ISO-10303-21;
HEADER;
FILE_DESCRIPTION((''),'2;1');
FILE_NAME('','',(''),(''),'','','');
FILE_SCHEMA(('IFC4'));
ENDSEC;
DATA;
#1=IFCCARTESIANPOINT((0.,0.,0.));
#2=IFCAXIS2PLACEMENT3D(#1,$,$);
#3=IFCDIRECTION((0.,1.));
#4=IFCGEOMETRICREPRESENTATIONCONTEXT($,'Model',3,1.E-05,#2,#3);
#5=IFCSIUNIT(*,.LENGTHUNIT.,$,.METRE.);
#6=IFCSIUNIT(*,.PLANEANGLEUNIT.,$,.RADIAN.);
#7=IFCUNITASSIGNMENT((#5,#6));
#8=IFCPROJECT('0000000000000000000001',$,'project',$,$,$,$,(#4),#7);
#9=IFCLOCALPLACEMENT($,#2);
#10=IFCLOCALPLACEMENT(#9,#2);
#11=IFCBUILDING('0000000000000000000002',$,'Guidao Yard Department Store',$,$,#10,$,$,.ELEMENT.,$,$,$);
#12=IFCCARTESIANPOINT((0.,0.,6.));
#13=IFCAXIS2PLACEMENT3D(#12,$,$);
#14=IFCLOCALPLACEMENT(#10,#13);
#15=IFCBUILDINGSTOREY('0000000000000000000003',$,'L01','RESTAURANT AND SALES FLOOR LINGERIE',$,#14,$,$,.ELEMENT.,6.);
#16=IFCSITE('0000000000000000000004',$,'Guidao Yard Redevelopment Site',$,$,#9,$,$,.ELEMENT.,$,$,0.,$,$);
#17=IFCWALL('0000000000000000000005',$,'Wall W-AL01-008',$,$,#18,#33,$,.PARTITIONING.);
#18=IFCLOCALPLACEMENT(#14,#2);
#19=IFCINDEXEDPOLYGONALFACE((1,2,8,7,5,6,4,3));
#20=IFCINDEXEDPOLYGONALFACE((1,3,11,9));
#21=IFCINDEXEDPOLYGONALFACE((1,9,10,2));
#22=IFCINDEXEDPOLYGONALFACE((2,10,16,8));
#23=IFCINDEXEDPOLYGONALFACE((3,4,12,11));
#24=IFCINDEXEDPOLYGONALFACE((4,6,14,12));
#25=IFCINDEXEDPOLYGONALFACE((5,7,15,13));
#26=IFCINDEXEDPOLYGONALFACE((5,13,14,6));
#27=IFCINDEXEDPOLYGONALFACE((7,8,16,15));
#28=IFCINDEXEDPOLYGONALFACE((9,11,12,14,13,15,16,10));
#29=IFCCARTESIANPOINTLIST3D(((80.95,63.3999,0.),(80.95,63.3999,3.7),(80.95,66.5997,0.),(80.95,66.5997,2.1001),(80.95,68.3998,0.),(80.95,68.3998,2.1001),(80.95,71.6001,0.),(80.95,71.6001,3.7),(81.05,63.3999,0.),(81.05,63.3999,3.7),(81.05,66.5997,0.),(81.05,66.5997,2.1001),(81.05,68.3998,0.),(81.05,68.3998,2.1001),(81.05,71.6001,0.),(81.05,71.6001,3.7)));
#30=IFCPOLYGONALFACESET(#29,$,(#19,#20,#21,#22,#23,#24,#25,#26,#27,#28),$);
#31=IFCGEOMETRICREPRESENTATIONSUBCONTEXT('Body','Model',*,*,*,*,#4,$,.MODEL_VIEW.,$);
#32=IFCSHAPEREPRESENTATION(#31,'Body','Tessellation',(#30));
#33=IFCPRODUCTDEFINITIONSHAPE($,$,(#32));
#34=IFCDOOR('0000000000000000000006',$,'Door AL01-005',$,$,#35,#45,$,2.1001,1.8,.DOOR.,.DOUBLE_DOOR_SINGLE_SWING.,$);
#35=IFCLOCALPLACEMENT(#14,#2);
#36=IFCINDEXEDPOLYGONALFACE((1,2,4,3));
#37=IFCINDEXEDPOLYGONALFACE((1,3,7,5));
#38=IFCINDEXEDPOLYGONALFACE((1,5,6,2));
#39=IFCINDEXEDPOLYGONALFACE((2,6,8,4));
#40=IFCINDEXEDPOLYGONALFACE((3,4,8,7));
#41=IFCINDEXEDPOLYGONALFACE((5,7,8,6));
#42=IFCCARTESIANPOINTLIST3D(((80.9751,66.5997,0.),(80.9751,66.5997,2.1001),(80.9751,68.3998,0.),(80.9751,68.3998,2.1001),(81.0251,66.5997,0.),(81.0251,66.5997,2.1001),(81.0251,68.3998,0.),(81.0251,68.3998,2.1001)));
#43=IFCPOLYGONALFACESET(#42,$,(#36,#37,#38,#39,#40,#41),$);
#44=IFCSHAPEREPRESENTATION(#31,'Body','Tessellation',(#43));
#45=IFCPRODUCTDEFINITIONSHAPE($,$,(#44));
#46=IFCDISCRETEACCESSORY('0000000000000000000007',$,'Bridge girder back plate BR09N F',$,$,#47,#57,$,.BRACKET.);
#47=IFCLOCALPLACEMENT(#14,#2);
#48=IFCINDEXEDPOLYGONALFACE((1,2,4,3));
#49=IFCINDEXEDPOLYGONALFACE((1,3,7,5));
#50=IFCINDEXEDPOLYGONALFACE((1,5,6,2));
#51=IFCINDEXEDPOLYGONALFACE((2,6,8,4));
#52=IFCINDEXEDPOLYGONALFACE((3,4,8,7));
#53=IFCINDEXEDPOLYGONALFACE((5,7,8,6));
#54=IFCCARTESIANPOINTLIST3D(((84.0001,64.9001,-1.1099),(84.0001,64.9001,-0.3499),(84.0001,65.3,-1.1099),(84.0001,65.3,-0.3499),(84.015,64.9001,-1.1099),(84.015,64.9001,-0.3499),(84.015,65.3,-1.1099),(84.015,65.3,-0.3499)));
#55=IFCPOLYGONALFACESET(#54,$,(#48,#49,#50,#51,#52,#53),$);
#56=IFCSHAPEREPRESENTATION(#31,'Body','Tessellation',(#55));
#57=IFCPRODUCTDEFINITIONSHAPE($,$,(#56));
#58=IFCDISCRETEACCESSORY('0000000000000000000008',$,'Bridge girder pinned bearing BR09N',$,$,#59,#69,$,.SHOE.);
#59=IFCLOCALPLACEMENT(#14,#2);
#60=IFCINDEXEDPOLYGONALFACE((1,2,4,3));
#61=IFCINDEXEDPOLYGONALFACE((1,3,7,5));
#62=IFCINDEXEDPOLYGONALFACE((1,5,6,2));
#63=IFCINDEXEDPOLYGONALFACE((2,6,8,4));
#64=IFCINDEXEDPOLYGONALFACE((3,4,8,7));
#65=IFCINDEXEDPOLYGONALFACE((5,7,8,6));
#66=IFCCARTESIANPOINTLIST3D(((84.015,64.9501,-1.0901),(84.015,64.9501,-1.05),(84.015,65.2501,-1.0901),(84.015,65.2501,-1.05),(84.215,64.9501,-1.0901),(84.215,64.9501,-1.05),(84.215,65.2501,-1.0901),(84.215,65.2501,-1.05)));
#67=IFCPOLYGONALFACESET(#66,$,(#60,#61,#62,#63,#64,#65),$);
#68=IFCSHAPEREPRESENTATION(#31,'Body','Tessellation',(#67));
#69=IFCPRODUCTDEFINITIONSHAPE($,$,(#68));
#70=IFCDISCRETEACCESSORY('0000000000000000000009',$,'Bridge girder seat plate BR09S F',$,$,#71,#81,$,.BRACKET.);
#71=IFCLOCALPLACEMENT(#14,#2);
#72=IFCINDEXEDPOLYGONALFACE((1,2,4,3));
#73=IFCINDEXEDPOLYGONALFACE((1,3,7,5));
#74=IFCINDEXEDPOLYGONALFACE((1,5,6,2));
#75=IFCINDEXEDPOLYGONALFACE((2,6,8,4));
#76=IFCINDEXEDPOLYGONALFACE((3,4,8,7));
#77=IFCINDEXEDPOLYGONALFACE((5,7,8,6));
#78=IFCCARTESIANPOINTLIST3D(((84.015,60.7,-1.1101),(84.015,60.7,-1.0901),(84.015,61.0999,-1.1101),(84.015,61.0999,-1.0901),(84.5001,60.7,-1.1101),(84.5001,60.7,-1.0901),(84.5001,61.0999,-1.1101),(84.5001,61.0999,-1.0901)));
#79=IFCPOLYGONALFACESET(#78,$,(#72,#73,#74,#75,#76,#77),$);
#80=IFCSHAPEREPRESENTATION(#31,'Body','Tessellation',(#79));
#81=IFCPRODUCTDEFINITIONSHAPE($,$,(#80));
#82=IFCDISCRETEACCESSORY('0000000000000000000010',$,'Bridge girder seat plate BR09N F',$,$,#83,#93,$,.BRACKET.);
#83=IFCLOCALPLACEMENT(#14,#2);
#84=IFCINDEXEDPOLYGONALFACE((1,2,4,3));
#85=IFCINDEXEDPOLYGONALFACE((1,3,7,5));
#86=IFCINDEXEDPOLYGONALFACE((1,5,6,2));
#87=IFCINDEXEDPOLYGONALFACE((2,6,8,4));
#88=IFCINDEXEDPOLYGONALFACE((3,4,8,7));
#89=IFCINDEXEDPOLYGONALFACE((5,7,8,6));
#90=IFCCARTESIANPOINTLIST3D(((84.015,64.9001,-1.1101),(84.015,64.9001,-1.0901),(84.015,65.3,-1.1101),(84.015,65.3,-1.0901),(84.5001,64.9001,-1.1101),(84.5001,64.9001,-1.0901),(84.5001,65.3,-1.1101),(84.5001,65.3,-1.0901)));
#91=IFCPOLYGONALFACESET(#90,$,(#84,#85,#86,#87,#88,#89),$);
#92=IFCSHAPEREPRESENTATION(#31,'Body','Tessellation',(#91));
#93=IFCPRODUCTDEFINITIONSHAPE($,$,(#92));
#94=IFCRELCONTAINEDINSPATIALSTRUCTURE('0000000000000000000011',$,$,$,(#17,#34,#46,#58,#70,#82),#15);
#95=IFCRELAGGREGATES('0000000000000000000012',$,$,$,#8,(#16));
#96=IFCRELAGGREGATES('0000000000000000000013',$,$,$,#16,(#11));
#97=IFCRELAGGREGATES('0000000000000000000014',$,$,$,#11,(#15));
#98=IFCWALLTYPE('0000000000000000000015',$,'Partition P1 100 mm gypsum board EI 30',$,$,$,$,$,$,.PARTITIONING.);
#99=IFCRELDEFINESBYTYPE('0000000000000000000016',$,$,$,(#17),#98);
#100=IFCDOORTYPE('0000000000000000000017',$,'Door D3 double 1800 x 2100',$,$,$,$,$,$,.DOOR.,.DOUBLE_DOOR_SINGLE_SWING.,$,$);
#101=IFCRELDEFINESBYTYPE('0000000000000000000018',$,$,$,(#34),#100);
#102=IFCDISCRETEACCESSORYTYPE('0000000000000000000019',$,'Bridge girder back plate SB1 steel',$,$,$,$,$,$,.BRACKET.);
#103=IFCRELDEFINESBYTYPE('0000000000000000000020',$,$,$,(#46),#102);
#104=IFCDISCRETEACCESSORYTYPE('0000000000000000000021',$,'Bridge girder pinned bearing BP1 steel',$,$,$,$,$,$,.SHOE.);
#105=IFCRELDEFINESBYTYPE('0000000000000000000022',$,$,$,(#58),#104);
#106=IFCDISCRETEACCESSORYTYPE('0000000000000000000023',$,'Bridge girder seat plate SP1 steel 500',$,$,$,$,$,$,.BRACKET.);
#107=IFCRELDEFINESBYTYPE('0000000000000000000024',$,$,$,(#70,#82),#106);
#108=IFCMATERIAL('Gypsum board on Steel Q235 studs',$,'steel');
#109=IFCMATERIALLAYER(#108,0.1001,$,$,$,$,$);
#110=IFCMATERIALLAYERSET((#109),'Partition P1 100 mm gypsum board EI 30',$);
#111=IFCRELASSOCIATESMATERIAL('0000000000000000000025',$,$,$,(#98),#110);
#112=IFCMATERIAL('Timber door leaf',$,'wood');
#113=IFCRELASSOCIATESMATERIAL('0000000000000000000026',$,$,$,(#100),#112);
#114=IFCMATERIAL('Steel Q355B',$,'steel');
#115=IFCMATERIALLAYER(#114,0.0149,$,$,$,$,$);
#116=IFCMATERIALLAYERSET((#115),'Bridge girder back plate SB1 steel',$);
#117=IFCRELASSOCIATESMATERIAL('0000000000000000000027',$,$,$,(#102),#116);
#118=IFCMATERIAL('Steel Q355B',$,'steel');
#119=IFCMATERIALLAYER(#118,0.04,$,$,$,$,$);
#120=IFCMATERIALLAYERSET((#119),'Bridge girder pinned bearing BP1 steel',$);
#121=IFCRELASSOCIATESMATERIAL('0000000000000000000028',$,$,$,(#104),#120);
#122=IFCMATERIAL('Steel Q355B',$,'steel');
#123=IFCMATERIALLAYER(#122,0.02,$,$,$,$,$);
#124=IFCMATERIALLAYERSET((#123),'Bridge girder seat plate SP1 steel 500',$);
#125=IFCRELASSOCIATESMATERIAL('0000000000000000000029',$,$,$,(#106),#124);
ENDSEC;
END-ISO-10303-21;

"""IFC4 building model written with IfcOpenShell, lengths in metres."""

from ifc_helpers import new_model, si_unit, direction, frame, frame_2d, origin, origin_2d, place, context, subcontext, project, spatial, rectangle, extrude, material, layer, layer_set, type_object, element, fill, save


model = new_model("IFC4")

# Units and contexts
model_context = context("Model", 3, precision=1e-05, world=origin(), true_north=direction((0.0, 1.0)))
body_context = subcontext(model_context, "Body", "Model", "MODEL_VIEW")
ifc_project = project(units=[si_unit("LENGTHUNIT", "METRE"), si_unit("PLANEANGLEUNIT", "RADIAN")], contexts=[model_context])

# Site, building, storey
site_placement = place(None, origin())
site = spatial("IfcSite", under=ifc_project, at=site_placement, Name="Guidao Yard Redevelopment Site", CompositionType="ELEMENT", RefElevation=0.0)
building_placement = place(site_placement, origin())
building = spatial("IfcBuilding", under=site, at=building_placement, Name="Guidao Yard Department Store", CompositionType="ELEMENT")
storey_placement = place(building_placement, frame((0.0, 0.0, 6.0)))
storey = spatial("IfcBuildingStorey", under=building, at=storey_placement, Name="L01", Description="RESTAURANT AND SALES FLOOR LINGERIE", CompositionType="ELEMENT", Elevation=6.0)

# Shared definitions
ifc_material_1 = material(Name="Gypsum board on Steel Q235 studs", Category="steel")
ifc_layer_1 = layer(ifc_material_1, 0.1001)
ifc_layer_set_1 = layer_set([ifc_layer_1], Name="Partition P1 100 mm gypsum board EI 30")
wall_type = type_object("IfcWallType", Name="Partition P1 100 mm gypsum board EI 30", PredefinedType="PARTITIONING", material=ifc_layer_set_1)

# Wall, opening, door
wall_1_placement = place(storey_placement, frame((81.0, 63.3999, 0.0), z_axis=(0.0, 0.0, 1.0), x_axis=(0.0, 1.0, 0.0)))
wall_1 = element("IfcWall", 1, at=wall_1_placement, inside=storey, type_object=wall_type, Name="Wall W-AL01-008", PredefinedType="PARTITIONING", context=body_context, shape_type="SweptSolid", body=[
    extrude(rectangle(XDim=8.2002, YDim=0.1001, at=frame_2d((4.1001, 0.0))), origin(), (0.0, 0.0, 1.0), 3.7),
])
opening_1_placement = place(wall_1_placement, frame((3.2, 0.0, 0.0)))
opening_1 = element("IfcOpeningElement", 2, at=opening_1_placement, cuts=wall_1, PredefinedType="OPENING", context=body_context, shape_type="SweptSolid", body=[
    extrude(rectangle(XDim=1.8, YDim=2.1001, at=frame_2d((0.8999, 1.05))), frame((0.0, 0.0601, 0.0), z_axis=(0.0, -1.0, 0.0), x_axis=(1.0, 0.0, 0.0)), (0.0, 0.0, 1.0), 0.1201),
])
ifc_material_2 = material(Name="Timber door leaf", Category="wood")
door_type_1 = type_object("IfcDoorType", Name="Door D3 double 1800 x 2100", OperationType="DOUBLE_DOOR_SINGLE_SWING", PredefinedType="DOOR", material=ifc_material_2)
door_1_placement = place(opening_1_placement, origin())
door_1 = element("IfcDoor", 3, at=door_1_placement, inside=storey, type_object=door_type_1, Name="Door AL01-005", OperationType="DOUBLE_DOOR_SINGLE_SWING", OverallHeight=2.1001, OverallWidth=1.8, PredefinedType="DOOR", context=body_context, shape_type="SweptSolid", body=[
    extrude(rectangle(XDim=1.8, YDim=2.1001, at=frame_2d((0.8999, 1.05))), frame((0.0, 0.0249, 0.0), z_axis=(0.0, -1.0, 0.0), x_axis=(1.0, 0.0, 0.0)), (0.0, 0.0, 1.0), 0.05),
])
fill(opening_1, door_1)

# Discrete accessories
ifc_material_3 = material(Name="Steel Q355B", Category="steel")
ifc_layer_2 = layer(ifc_material_3, 0.0149)
ifc_layer_set_2 = layer_set([ifc_layer_2], Name="Bridge girder back plate SB1 steel")
discrete_accessory_type_1 = type_object("IfcDiscreteAccessoryType", Name="Bridge girder back plate SB1 steel", PredefinedType="BRACKET", material=ifc_layer_set_2)
discrete_accessory_1_placement = place(storey_placement, frame((84.0076, 65.1001, -1.1099), z_axis=(0.0, 0.0, 1.0), x_axis=(1.0, 0.0, 0.0)))
element("IfcDiscreteAccessory", 4, at=discrete_accessory_1_placement, inside=storey, type_object=discrete_accessory_type_1, Name="Bridge girder back plate BR09N F", PredefinedType="BRACKET", context=body_context, shape_type="SweptSolid", body=[
    extrude(rectangle(XDim=0.0149, YDim=0.3999, at=origin_2d()), origin(), (0.0, 0.0, 1.0), 0.76),
])
ifc_material_4 = material(Name="Steel Q355B", Category="steel")
ifc_layer_3 = layer(ifc_material_4, 0.04)
ifc_layer_set_3 = layer_set([ifc_layer_3], Name="Bridge girder pinned bearing BP1 steel")
discrete_accessory_type_2 = type_object("IfcDiscreteAccessoryType", Name="Bridge girder pinned bearing BP1 steel", PredefinedType="SHOE", material=ifc_layer_set_3)
discrete_accessory_2_placement = place(storey_placement, frame((84.115, 65.1001, -1.0901), z_axis=(0.0, 0.0, 1.0), x_axis=(1.0, 0.0, 0.0)))
element("IfcDiscreteAccessory", 5, at=discrete_accessory_2_placement, inside=storey, type_object=discrete_accessory_type_2, Name="Bridge girder pinned bearing BR09N", PredefinedType="SHOE", context=body_context, shape_type="SweptSolid", body=[
    extrude(rectangle(XDim=0.2, YDim=0.3, at=origin_2d()), origin(), (0.0, 0.0, 1.0), 0.04),
])
ifc_material_5 = material(Name="Steel Q355B", Category="steel")
ifc_layer_4 = layer(ifc_material_5, 0.02)
ifc_layer_set_4 = layer_set([ifc_layer_4], Name="Bridge girder seat plate SP1 steel 500")
discrete_accessory_type_3 = type_object("IfcDiscreteAccessoryType", Name="Bridge girder seat plate SP1 steel 500", PredefinedType="BRACKET", material=ifc_layer_set_4)
for number, where, z_axis, x_axis, name in (
    (6, (84.2576, 60.8999, -1.1101), (0.0, 0.0, 1.0), (1.0, 0.0, 0.0), "Bridge girder seat plate BR09S F"),
    (7, (84.2576, 65.1001, -1.1101), (0.0, 0.0, 1.0), (1.0, 0.0, 0.0), "Bridge girder seat plate BR09N F"),
):
    element("IfcDiscreteAccessory", number, at=place(storey_placement, frame(where, z_axis=z_axis, x_axis=x_axis)), inside=storey, type_object=discrete_accessory_type_3, Name=name, PredefinedType="BRACKET", context=body_context, shape_type="SweptSolid", body=[
        extrude(rectangle(XDim=0.4851, YDim=0.3999, at=origin_2d()), origin(), (0.0, 0.0, 1.0), 0.02),
    ])

save(model, "model.ifc")
